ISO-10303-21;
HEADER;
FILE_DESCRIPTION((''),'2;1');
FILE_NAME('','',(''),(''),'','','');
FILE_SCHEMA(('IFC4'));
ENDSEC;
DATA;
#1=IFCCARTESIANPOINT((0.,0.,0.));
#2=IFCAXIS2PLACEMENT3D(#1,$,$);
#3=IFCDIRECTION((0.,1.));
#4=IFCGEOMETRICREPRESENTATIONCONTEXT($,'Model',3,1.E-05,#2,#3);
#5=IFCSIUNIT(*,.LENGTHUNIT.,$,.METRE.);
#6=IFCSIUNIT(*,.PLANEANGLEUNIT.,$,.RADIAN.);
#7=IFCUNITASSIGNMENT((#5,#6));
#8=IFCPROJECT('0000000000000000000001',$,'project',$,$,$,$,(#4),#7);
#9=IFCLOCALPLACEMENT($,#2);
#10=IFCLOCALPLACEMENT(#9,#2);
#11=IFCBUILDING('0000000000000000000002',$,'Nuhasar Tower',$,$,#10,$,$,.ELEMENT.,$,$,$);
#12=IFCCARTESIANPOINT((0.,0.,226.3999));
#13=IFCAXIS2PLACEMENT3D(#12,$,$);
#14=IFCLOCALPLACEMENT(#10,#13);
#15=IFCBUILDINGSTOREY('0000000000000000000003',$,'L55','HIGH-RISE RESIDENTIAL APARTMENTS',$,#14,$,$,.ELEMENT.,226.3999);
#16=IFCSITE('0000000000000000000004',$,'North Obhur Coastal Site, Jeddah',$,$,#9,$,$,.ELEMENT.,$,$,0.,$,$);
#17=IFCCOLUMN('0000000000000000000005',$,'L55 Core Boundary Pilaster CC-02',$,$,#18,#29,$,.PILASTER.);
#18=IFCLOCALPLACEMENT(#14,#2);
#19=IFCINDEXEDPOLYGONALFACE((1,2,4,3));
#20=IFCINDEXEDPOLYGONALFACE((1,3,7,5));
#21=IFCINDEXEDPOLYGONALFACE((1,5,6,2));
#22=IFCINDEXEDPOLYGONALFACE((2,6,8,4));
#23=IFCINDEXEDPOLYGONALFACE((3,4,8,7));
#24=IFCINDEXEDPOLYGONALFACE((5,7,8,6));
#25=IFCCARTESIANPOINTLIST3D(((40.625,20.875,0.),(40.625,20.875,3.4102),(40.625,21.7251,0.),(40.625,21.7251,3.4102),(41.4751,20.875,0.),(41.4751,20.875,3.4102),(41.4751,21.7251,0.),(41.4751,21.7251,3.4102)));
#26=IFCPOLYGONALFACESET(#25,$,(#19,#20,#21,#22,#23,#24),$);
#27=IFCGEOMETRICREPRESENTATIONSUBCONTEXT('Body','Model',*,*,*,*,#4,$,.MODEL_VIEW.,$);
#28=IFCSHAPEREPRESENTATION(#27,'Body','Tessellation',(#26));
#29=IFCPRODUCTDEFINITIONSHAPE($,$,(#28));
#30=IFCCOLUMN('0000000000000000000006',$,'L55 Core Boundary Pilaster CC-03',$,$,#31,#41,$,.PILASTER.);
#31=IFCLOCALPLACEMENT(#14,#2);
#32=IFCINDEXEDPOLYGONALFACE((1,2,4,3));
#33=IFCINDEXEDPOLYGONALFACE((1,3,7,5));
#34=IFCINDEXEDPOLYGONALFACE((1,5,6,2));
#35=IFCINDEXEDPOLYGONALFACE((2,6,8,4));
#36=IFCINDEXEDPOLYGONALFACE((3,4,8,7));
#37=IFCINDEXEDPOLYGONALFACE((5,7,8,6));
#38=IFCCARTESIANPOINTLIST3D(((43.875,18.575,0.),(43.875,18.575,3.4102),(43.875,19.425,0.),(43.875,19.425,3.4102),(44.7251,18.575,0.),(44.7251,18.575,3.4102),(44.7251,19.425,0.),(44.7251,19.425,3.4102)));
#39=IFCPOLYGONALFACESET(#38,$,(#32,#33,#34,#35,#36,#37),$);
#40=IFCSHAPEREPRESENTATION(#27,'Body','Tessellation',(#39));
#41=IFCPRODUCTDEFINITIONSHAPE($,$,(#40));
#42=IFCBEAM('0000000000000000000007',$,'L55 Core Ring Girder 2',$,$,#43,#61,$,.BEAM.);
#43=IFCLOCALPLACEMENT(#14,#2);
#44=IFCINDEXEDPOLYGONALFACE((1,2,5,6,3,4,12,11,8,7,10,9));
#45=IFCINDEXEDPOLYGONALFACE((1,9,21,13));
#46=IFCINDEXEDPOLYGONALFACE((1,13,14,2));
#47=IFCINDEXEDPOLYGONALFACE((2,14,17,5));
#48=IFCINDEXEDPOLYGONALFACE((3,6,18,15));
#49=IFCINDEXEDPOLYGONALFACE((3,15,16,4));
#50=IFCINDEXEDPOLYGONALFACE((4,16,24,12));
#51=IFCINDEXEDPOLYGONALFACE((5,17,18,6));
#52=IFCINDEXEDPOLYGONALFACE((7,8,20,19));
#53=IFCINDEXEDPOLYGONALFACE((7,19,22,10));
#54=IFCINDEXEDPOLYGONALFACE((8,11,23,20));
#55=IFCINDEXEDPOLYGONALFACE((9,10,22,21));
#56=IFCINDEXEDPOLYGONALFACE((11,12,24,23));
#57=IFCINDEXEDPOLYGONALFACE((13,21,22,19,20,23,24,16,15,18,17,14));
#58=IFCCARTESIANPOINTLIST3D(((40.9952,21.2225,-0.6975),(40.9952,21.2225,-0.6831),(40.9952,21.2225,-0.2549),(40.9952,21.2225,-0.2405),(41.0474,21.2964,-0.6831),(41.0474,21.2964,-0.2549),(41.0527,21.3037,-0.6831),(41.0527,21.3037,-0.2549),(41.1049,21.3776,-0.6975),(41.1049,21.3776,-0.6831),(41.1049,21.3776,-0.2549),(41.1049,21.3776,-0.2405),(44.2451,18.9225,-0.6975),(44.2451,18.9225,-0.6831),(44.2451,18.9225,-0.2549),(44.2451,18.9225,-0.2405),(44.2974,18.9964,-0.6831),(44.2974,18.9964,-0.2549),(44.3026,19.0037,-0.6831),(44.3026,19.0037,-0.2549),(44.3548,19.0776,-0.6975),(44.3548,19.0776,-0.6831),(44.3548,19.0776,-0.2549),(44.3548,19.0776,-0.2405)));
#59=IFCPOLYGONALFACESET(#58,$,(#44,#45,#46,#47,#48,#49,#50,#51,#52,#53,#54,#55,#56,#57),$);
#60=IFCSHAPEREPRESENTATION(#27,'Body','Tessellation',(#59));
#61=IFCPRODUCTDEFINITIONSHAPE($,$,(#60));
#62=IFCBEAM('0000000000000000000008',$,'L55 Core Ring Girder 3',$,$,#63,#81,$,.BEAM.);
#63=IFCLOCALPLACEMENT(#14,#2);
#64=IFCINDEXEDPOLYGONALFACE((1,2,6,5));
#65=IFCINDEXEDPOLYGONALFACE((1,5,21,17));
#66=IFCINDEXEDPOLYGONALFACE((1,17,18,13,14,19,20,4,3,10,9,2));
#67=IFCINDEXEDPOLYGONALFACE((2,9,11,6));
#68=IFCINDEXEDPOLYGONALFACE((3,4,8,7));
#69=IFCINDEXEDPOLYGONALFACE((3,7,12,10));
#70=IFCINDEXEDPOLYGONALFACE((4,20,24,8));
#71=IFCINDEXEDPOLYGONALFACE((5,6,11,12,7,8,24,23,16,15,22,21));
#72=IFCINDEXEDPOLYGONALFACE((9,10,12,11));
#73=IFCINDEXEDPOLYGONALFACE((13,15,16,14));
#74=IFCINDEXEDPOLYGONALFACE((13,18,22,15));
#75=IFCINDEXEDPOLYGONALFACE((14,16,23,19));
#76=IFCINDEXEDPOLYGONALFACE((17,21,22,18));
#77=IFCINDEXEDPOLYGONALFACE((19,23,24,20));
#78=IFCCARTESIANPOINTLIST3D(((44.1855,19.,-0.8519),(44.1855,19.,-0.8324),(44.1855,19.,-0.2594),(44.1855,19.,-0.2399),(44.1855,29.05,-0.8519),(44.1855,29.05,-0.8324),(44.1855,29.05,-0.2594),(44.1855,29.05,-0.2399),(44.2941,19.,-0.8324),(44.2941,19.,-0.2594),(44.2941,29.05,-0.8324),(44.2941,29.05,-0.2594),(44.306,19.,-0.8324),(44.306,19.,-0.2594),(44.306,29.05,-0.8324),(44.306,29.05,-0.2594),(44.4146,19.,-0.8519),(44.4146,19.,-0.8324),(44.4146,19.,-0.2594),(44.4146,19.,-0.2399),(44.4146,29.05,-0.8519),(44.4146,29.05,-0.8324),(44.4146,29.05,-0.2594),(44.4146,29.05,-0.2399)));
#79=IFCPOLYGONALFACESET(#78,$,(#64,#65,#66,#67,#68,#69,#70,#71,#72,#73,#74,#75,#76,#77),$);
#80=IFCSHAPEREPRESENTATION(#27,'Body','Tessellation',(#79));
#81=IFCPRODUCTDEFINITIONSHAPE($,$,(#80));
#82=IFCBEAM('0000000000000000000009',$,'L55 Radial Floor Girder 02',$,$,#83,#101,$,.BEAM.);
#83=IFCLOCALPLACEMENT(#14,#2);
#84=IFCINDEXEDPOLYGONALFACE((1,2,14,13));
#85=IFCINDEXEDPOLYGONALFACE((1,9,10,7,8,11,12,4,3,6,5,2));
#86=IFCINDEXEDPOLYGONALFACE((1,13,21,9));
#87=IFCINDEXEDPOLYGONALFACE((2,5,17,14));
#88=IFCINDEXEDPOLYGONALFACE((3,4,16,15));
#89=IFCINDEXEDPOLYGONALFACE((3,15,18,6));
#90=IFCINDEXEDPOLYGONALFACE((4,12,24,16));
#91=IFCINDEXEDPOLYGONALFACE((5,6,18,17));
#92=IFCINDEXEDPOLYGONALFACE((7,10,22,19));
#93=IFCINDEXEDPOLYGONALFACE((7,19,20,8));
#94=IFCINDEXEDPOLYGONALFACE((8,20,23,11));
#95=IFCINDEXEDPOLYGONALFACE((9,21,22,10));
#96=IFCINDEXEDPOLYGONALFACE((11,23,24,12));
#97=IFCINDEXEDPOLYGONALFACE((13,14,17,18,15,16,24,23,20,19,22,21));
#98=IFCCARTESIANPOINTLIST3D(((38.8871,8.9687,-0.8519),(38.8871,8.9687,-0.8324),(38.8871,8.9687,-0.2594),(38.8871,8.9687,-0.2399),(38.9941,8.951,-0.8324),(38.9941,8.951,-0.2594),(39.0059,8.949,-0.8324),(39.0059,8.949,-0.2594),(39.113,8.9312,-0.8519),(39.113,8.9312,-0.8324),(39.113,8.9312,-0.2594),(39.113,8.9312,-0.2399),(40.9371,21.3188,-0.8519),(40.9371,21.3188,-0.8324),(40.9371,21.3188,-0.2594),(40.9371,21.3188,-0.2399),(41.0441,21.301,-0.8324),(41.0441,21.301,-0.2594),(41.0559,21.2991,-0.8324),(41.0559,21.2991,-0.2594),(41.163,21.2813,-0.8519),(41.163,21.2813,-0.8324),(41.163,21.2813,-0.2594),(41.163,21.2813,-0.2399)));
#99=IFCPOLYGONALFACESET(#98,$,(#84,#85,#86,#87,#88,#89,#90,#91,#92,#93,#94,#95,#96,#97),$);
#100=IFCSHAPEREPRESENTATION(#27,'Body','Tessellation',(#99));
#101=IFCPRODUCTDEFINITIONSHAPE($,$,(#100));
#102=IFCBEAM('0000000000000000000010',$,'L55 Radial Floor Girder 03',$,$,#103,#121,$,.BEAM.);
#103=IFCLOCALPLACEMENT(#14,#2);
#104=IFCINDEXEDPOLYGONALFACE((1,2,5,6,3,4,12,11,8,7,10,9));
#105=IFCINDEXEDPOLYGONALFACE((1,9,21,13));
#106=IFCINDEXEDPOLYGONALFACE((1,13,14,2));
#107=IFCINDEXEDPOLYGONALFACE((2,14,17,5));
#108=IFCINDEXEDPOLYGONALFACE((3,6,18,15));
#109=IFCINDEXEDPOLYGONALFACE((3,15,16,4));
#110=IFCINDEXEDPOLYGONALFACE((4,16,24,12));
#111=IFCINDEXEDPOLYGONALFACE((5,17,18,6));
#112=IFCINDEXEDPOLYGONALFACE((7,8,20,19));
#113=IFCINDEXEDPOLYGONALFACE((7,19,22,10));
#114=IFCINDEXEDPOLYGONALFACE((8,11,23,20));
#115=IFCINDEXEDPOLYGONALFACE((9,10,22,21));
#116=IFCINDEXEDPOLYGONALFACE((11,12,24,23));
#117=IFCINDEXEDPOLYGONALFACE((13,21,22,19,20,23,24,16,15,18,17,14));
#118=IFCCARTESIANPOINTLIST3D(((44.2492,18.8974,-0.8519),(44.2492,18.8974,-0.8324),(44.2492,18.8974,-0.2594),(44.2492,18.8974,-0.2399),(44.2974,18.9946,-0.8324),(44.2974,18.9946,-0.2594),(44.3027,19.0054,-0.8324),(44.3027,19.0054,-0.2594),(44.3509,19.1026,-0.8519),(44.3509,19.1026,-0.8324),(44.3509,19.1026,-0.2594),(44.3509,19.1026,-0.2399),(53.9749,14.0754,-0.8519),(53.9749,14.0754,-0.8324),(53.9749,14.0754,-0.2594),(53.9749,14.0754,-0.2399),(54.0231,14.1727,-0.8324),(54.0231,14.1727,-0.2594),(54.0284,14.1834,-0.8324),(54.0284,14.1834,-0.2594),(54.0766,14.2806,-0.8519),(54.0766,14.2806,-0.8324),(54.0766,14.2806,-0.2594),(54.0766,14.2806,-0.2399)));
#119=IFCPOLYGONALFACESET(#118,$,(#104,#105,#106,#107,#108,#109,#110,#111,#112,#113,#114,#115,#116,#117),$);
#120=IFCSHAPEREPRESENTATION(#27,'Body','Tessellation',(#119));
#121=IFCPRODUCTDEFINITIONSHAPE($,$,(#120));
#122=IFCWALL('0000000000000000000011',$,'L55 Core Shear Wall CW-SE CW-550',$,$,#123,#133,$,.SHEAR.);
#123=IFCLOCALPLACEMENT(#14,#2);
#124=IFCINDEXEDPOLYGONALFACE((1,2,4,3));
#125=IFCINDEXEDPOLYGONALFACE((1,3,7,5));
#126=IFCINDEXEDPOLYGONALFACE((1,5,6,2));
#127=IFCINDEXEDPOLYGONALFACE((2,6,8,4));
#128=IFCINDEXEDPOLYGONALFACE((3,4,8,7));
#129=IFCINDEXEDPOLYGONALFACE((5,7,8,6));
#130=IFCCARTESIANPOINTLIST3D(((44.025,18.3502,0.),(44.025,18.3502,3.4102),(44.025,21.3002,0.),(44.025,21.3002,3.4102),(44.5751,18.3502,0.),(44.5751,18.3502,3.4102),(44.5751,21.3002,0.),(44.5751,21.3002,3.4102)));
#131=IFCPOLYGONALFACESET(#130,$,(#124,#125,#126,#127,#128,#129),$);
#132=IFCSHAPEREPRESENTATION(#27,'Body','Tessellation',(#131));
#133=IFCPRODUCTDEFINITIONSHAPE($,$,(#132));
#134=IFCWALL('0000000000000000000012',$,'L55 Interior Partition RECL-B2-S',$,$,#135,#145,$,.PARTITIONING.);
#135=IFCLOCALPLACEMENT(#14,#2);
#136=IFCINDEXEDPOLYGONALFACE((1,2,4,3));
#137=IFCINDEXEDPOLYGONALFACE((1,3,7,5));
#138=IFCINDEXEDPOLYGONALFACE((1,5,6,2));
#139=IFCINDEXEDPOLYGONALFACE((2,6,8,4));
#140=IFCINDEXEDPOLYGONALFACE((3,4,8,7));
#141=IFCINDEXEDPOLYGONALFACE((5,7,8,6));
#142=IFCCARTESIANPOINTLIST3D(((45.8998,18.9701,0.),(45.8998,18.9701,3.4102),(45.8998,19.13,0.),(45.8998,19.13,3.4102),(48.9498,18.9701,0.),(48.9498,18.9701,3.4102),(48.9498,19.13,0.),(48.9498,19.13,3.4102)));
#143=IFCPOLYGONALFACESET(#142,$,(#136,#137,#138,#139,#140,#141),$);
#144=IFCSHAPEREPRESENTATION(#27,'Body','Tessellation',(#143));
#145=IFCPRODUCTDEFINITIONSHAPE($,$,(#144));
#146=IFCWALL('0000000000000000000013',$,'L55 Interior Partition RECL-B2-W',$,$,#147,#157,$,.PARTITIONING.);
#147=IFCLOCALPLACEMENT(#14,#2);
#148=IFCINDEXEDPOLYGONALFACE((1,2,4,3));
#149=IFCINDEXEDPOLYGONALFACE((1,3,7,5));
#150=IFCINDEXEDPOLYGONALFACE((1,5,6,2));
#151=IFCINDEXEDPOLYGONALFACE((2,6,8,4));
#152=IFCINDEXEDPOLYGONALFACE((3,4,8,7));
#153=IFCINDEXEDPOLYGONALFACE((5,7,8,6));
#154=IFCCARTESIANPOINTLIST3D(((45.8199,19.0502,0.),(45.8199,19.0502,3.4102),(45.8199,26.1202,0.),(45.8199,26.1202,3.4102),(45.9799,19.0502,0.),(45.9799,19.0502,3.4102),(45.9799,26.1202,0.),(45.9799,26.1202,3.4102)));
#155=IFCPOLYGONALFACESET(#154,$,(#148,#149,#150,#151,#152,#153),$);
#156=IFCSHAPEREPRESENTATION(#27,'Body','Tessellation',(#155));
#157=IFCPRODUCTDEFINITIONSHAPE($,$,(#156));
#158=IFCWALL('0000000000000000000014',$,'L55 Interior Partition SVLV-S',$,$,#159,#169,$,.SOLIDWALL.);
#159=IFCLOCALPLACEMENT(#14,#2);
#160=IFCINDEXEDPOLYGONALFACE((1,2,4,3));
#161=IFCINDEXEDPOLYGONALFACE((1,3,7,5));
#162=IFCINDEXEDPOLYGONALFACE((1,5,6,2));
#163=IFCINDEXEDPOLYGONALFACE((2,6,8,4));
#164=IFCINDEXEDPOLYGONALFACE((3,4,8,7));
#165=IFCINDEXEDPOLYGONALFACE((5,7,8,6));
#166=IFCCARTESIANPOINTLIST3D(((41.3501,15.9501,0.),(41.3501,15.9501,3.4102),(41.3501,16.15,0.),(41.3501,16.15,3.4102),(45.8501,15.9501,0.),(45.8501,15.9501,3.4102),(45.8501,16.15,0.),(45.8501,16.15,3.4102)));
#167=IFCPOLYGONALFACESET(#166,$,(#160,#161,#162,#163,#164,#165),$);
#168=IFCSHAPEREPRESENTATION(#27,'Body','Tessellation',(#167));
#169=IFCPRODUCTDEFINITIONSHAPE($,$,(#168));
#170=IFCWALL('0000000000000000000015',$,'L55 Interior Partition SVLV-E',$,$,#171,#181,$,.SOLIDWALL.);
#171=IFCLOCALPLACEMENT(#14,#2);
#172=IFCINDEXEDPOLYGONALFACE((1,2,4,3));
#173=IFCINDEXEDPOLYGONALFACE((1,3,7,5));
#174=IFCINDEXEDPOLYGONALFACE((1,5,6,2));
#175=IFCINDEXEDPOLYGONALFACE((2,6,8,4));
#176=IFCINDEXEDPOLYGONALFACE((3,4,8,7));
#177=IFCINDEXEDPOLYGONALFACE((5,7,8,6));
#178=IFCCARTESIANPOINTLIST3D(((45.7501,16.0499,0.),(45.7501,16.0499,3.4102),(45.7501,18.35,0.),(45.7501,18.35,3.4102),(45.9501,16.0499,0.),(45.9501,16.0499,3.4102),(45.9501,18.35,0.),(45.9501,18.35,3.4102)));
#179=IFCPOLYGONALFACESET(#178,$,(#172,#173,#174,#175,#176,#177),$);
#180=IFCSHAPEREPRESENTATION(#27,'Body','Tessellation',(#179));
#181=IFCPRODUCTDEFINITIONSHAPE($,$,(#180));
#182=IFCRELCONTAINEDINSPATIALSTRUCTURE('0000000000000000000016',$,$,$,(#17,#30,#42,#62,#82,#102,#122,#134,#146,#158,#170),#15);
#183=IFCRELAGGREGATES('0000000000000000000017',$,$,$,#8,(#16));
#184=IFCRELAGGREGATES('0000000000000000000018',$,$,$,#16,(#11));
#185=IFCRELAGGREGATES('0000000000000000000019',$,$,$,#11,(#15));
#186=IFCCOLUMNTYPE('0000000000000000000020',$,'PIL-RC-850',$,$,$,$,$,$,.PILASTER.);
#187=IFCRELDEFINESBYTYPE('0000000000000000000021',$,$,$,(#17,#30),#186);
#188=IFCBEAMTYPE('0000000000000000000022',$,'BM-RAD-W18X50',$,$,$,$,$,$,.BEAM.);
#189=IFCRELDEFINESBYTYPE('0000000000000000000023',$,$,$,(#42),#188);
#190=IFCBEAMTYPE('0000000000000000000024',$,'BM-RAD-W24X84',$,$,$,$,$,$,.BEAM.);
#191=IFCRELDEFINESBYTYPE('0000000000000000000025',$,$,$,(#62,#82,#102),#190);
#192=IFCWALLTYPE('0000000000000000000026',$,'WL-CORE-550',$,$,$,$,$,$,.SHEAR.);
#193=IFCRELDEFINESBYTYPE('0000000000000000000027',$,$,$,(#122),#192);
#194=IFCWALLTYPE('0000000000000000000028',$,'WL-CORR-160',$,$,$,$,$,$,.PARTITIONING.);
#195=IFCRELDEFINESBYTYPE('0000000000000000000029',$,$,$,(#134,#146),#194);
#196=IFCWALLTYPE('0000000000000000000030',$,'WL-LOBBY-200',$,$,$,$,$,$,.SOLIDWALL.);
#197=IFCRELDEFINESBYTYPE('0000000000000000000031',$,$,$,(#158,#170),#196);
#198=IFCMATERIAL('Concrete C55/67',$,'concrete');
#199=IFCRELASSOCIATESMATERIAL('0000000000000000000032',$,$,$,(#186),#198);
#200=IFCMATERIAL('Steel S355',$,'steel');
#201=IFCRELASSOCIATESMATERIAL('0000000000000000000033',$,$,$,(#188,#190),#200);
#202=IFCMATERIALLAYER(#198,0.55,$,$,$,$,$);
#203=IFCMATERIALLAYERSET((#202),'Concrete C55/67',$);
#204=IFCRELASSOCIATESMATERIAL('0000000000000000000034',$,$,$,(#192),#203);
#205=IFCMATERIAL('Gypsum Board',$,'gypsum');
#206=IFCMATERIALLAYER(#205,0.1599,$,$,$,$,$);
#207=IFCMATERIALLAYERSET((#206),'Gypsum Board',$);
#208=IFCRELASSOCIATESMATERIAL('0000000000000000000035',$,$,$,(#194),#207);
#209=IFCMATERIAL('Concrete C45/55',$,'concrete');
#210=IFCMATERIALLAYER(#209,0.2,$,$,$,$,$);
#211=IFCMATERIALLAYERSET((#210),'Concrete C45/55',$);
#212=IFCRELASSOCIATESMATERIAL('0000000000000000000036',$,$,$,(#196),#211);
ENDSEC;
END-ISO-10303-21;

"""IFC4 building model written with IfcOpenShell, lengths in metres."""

from ifc_helpers import new_model, si_unit, direction, frame, frame_2d, origin, origin_2d, place, context, subcontext, project, spatial, rectangle, i_section, extrude, material, layer, layer_set, material_profile, profile_set, type_object, element, save


model = new_model("IFC4")

# Units and contexts
model_context = context("Model", 3, precision=1e-05, world=origin(), true_north=direction((0.0, 1.0)))
body_context = subcontext(model_context, "Body", "Model", "MODEL_VIEW")
ifc_project = project(units=[si_unit("LENGTHUNIT", "METRE"), si_unit("PLANEANGLEUNIT", "RADIAN")], contexts=[model_context])

# Site, building, storey
site_placement = place(None, origin())
site = spatial("IfcSite", under=ifc_project, at=site_placement, Name="North Obhur Coastal Site, Jeddah", CompositionType="ELEMENT", RefElevation=0.0)
building_placement = place(site_placement, origin())
building = spatial("IfcBuilding", under=site, at=building_placement, Name="Nuhasar Tower", CompositionType="ELEMENT")
storey_placement = place(building_placement, frame((0.0, 0.0, 226.3999)))
storey = spatial("IfcBuildingStorey", under=building, at=storey_placement, Name="L55", Description="HIGH-RISE RESIDENTIAL APARTMENTS", CompositionType="ELEMENT", Elevation=226.3999)

# Columns
ifc_material_1 = material(Name="Concrete C55/67", Category="concrete")
ifc_material_profile_1 = material_profile(ifc_material_1, rectangle(XDim=0.8501, YDim=0.8501, at=origin_2d()), Name="RC850X850")
ifc_profile_set_1 = profile_set([ifc_material_profile_1], Name="Concrete C55/67")
column_type = type_object("IfcColumnType", Name="PIL-RC-850", PredefinedType="PILASTER", material=ifc_profile_set_1)
for number, where, z_axis, x_axis, name in (
    (1, (41.05, 21.3, 0.0), (0.0, 0.0, 1.0), (1.0, 0.0, 0.0), "L55 Core Boundary Pilaster CC-02"),
    (2, (44.3, 19.0, 0.0), (0.0, 0.0, 1.0), (1.0, 0.0, 0.0), "L55 Core Boundary Pilaster CC-03"),
):
    element("IfcColumn", number, at=place(storey_placement, frame(where, z_axis=z_axis, x_axis=x_axis)), inside=storey, type_object=column_type, Name=name, PredefinedType="PILASTER", context=body_context, shape_type="SweptSolid", body=[
        extrude(rectangle(XDim=0.8501, YDim=0.8501, at=origin_2d()), origin(), (0.0, 0.0, 1.0), 3.4102),
    ])

# Beams
ifc_material_2 = material(Name="Steel S355", Category="steel")
ifc_material_profile_2 = material_profile(ifc_material_2, i_section(OverallWidth=0.1899, OverallDepth=0.457, WebThickness=0.009, FlangeThickness=0.0144, at=origin_2d()), Name="W18X50")
ifc_profile_set_2 = profile_set([ifc_material_profile_2], Name="Steel S355")
beam_type_1 = type_object("IfcBeamType", Name="BM-RAD-W18X50", PredefinedType="BEAM", material=ifc_profile_set_2)
beam_1_placement = place(storey_placement, frame((41.05, 21.3, -0.469), z_axis=(0.816265, -0.577677, 0.0), x_axis=(0.577677, 0.816265, 0.0)))
element("IfcBeam", 3, at=beam_1_placement, inside=storey, type_object=beam_type_1, Name="L55 Core Ring Girder 2", PredefinedType="BEAM", context=body_context, shape_type="SweptSolid", body=[
    extrude(i_section(OverallWidth=0.1899, OverallDepth=0.457, WebThickness=0.009, FlangeThickness=0.0144, at=origin_2d()), origin(), (0.0, 0.0, 1.0), 3.9814),
])
ifc_material_profile_3 = material_profile(ifc_material_2, i_section(OverallWidth=0.229, OverallDepth=0.6121, WebThickness=0.012, FlangeThickness=0.0195, at=origin_2d()), Name="W24X84")
ifc_profile_set_3 = profile_set([ifc_material_profile_3], Name="Steel S355")
beam_type_2 = type_object("IfcBeamType", Name="BM-RAD-W24X84", PredefinedType="BEAM", material=ifc_profile_set_3)
beam_2_placement = place(storey_placement, frame((44.3, 19.0, -0.5459), z_axis=(0.0, 1.0, 0.0), x_axis=(-1.0, 0.0, 0.0)))
element("IfcBeam", 4, at=beam_2_placement, inside=storey, type_object=beam_type_2, Name="L55 Core Ring Girder 3", PredefinedType="BEAM", context=body_context, shape_type="SweptSolid", body=[
    extrude(i_section(OverallWidth=0.229, OverallDepth=0.6121, WebThickness=0.012, FlangeThickness=0.0195, at=origin_2d()), origin(), (0.0, 0.0, 1.0), 10.05),
])
beam_3_placement = place(storey_placement, frame((41.05, 21.3, -0.5459), z_axis=(-0.163754, -0.986501, 0.0), x_axis=(0.986501, -0.163754, 0.0)))
element("IfcBeam", 5, at=beam_3_placement, inside=storey, type_object=beam_type_2, Name="L55 Radial Floor Girder 02", PredefinedType="BEAM", context=body_context, shape_type="SweptSolid", body=[
    extrude(i_section(OverallWidth=0.229, OverallDepth=0.6121, WebThickness=0.012, FlangeThickness=0.0195, at=origin_2d()), origin(), (0.0, 0.0, 1.0), 12.519),
])
beam_4_placement = place(storey_placement, frame((44.3, 19.0, -0.5459), z_axis=(0.895929, -0.444197, 0.0), x_axis=(0.444197, 0.895929, 0.0)))
element("IfcBeam", 6, at=beam_4_placement, inside=storey, type_object=beam_type_2, Name="L55 Radial Floor Girder 03", PredefinedType="BEAM", context=body_context, shape_type="SweptSolid", body=[
    extrude(i_section(OverallWidth=0.229, OverallDepth=0.6121, WebThickness=0.012, FlangeThickness=0.0195, at=origin_2d()), origin(), (0.0, 0.0, 1.0), 10.8555),
])

# Walls
ifc_layer_1 = layer(ifc_material_1, 0.55)
ifc_layer_set_1 = layer_set([ifc_layer_1], Name="Concrete C55/67")
wall_type_1 = type_object("IfcWallType", Name="WL-CORE-550", PredefinedType="SHEAR", material=ifc_layer_set_1)
wall_1_placement = place(storey_placement, frame((44.3, 18.3501, 0.0), z_axis=(0.0, 0.0, 1.0), x_axis=(0.0, 1.0, 0.0)))
element("IfcWall", 7, at=wall_1_placement, inside=storey, type_object=wall_type_1, Name="L55 Core Shear Wall CW-SE CW-550", PredefinedType="SHEAR", context=body_context, shape_type="SweptSolid", body=[
    extrude(rectangle(XDim=2.95, YDim=0.55, at=frame_2d((1.4751, 0.0))), origin(), (0.0, 0.0, 1.0), 3.4102),
])
ifc_material_3 = material(Name="Gypsum Board", Category="gypsum")
ifc_layer_2 = layer(ifc_material_3, 0.1599)
ifc_layer_set_2 = layer_set([ifc_layer_2], Name="Gypsum Board")
wall_type_2 = type_object("IfcWallType", Name="WL-CORR-160", PredefinedType="PARTITIONING", material=ifc_layer_set_2)
wall_2_placement = place(storey_placement, frame((45.8999, 19.05, 0.0), z_axis=(0.0, 0.0, 1.0), x_axis=(1.0, 0.0, 0.0)))
element("IfcWall", 8, at=wall_2_placement, inside=storey, type_object=wall_type_2, Name="L55 Interior Partition RECL-B2-S", PredefinedType="PARTITIONING", context=body_context, shape_type="SweptSolid", body=[
    extrude(rectangle(XDim=3.05, YDim=0.1599, at=frame_2d((1.5249, 0.0))), origin(), (0.0, 0.0, 1.0), 3.4102),
])
wall_3_placement = place(storey_placement, frame((45.8999, 19.05, 0.0), z_axis=(0.0, 0.0, 1.0), x_axis=(0.0, 1.0, 0.0)))
element("IfcWall", 9, at=wall_3_placement, inside=storey, type_object=wall_type_2, Name="L55 Interior Partition RECL-B2-W", PredefinedType="PARTITIONING", context=body_context, shape_type="SweptSolid", body=[
    extrude(rectangle(XDim=7.0701, YDim=0.1599, at=frame_2d((3.5352, 0.0))), origin(), (0.0, 0.0, 1.0), 3.4102),
])

# Shared definitions
ifc_material_4 = material(Name="Concrete C45/55", Category="concrete")
ifc_layer_3 = layer(ifc_material_4, 0.2)
ifc_layer_set_3 = layer_set([ifc_layer_3], Name="Concrete C45/55")
wall_type_3 = type_object("IfcWallType", Name="WL-LOBBY-200", PredefinedType="SOLIDWALL", material=ifc_layer_set_3)

# Walls
wall_4_placement = place(storey_placement, frame((41.3501, 16.05, 0.0), z_axis=(0.0, 0.0, 1.0), x_axis=(1.0, 0.0, 0.0)))
element("IfcWall", 10, at=wall_4_placement, inside=storey, type_object=wall_type_3, Name="L55 Interior Partition SVLV-S", PredefinedType="SOLIDWALL", context=body_context, shape_type="SweptSolid", body=[
    extrude(rectangle(XDim=4.5, YDim=0.2, at=frame_2d((2.25, 0.0))), origin(), (0.0, 0.0, 1.0), 3.4102),
])
wall_5_placement = place(storey_placement, frame((45.8501, 16.05, 0.0), z_axis=(0.0, 0.0, 1.0), x_axis=(0.0, 1.0, 0.0)))
element("IfcWall", 11, at=wall_5_placement, inside=storey, type_object=wall_type_3, Name="L55 Interior Partition SVLV-E", PredefinedType="SOLIDWALL", context=body_context, shape_type="SweptSolid", body=[
    extrude(rectangle(XDim=2.3, YDim=0.2, at=frame_2d((1.1499, 0.0))), origin(), (0.0, 0.0, 1.0), 3.4102),
])

save(model, "model.ifc")
